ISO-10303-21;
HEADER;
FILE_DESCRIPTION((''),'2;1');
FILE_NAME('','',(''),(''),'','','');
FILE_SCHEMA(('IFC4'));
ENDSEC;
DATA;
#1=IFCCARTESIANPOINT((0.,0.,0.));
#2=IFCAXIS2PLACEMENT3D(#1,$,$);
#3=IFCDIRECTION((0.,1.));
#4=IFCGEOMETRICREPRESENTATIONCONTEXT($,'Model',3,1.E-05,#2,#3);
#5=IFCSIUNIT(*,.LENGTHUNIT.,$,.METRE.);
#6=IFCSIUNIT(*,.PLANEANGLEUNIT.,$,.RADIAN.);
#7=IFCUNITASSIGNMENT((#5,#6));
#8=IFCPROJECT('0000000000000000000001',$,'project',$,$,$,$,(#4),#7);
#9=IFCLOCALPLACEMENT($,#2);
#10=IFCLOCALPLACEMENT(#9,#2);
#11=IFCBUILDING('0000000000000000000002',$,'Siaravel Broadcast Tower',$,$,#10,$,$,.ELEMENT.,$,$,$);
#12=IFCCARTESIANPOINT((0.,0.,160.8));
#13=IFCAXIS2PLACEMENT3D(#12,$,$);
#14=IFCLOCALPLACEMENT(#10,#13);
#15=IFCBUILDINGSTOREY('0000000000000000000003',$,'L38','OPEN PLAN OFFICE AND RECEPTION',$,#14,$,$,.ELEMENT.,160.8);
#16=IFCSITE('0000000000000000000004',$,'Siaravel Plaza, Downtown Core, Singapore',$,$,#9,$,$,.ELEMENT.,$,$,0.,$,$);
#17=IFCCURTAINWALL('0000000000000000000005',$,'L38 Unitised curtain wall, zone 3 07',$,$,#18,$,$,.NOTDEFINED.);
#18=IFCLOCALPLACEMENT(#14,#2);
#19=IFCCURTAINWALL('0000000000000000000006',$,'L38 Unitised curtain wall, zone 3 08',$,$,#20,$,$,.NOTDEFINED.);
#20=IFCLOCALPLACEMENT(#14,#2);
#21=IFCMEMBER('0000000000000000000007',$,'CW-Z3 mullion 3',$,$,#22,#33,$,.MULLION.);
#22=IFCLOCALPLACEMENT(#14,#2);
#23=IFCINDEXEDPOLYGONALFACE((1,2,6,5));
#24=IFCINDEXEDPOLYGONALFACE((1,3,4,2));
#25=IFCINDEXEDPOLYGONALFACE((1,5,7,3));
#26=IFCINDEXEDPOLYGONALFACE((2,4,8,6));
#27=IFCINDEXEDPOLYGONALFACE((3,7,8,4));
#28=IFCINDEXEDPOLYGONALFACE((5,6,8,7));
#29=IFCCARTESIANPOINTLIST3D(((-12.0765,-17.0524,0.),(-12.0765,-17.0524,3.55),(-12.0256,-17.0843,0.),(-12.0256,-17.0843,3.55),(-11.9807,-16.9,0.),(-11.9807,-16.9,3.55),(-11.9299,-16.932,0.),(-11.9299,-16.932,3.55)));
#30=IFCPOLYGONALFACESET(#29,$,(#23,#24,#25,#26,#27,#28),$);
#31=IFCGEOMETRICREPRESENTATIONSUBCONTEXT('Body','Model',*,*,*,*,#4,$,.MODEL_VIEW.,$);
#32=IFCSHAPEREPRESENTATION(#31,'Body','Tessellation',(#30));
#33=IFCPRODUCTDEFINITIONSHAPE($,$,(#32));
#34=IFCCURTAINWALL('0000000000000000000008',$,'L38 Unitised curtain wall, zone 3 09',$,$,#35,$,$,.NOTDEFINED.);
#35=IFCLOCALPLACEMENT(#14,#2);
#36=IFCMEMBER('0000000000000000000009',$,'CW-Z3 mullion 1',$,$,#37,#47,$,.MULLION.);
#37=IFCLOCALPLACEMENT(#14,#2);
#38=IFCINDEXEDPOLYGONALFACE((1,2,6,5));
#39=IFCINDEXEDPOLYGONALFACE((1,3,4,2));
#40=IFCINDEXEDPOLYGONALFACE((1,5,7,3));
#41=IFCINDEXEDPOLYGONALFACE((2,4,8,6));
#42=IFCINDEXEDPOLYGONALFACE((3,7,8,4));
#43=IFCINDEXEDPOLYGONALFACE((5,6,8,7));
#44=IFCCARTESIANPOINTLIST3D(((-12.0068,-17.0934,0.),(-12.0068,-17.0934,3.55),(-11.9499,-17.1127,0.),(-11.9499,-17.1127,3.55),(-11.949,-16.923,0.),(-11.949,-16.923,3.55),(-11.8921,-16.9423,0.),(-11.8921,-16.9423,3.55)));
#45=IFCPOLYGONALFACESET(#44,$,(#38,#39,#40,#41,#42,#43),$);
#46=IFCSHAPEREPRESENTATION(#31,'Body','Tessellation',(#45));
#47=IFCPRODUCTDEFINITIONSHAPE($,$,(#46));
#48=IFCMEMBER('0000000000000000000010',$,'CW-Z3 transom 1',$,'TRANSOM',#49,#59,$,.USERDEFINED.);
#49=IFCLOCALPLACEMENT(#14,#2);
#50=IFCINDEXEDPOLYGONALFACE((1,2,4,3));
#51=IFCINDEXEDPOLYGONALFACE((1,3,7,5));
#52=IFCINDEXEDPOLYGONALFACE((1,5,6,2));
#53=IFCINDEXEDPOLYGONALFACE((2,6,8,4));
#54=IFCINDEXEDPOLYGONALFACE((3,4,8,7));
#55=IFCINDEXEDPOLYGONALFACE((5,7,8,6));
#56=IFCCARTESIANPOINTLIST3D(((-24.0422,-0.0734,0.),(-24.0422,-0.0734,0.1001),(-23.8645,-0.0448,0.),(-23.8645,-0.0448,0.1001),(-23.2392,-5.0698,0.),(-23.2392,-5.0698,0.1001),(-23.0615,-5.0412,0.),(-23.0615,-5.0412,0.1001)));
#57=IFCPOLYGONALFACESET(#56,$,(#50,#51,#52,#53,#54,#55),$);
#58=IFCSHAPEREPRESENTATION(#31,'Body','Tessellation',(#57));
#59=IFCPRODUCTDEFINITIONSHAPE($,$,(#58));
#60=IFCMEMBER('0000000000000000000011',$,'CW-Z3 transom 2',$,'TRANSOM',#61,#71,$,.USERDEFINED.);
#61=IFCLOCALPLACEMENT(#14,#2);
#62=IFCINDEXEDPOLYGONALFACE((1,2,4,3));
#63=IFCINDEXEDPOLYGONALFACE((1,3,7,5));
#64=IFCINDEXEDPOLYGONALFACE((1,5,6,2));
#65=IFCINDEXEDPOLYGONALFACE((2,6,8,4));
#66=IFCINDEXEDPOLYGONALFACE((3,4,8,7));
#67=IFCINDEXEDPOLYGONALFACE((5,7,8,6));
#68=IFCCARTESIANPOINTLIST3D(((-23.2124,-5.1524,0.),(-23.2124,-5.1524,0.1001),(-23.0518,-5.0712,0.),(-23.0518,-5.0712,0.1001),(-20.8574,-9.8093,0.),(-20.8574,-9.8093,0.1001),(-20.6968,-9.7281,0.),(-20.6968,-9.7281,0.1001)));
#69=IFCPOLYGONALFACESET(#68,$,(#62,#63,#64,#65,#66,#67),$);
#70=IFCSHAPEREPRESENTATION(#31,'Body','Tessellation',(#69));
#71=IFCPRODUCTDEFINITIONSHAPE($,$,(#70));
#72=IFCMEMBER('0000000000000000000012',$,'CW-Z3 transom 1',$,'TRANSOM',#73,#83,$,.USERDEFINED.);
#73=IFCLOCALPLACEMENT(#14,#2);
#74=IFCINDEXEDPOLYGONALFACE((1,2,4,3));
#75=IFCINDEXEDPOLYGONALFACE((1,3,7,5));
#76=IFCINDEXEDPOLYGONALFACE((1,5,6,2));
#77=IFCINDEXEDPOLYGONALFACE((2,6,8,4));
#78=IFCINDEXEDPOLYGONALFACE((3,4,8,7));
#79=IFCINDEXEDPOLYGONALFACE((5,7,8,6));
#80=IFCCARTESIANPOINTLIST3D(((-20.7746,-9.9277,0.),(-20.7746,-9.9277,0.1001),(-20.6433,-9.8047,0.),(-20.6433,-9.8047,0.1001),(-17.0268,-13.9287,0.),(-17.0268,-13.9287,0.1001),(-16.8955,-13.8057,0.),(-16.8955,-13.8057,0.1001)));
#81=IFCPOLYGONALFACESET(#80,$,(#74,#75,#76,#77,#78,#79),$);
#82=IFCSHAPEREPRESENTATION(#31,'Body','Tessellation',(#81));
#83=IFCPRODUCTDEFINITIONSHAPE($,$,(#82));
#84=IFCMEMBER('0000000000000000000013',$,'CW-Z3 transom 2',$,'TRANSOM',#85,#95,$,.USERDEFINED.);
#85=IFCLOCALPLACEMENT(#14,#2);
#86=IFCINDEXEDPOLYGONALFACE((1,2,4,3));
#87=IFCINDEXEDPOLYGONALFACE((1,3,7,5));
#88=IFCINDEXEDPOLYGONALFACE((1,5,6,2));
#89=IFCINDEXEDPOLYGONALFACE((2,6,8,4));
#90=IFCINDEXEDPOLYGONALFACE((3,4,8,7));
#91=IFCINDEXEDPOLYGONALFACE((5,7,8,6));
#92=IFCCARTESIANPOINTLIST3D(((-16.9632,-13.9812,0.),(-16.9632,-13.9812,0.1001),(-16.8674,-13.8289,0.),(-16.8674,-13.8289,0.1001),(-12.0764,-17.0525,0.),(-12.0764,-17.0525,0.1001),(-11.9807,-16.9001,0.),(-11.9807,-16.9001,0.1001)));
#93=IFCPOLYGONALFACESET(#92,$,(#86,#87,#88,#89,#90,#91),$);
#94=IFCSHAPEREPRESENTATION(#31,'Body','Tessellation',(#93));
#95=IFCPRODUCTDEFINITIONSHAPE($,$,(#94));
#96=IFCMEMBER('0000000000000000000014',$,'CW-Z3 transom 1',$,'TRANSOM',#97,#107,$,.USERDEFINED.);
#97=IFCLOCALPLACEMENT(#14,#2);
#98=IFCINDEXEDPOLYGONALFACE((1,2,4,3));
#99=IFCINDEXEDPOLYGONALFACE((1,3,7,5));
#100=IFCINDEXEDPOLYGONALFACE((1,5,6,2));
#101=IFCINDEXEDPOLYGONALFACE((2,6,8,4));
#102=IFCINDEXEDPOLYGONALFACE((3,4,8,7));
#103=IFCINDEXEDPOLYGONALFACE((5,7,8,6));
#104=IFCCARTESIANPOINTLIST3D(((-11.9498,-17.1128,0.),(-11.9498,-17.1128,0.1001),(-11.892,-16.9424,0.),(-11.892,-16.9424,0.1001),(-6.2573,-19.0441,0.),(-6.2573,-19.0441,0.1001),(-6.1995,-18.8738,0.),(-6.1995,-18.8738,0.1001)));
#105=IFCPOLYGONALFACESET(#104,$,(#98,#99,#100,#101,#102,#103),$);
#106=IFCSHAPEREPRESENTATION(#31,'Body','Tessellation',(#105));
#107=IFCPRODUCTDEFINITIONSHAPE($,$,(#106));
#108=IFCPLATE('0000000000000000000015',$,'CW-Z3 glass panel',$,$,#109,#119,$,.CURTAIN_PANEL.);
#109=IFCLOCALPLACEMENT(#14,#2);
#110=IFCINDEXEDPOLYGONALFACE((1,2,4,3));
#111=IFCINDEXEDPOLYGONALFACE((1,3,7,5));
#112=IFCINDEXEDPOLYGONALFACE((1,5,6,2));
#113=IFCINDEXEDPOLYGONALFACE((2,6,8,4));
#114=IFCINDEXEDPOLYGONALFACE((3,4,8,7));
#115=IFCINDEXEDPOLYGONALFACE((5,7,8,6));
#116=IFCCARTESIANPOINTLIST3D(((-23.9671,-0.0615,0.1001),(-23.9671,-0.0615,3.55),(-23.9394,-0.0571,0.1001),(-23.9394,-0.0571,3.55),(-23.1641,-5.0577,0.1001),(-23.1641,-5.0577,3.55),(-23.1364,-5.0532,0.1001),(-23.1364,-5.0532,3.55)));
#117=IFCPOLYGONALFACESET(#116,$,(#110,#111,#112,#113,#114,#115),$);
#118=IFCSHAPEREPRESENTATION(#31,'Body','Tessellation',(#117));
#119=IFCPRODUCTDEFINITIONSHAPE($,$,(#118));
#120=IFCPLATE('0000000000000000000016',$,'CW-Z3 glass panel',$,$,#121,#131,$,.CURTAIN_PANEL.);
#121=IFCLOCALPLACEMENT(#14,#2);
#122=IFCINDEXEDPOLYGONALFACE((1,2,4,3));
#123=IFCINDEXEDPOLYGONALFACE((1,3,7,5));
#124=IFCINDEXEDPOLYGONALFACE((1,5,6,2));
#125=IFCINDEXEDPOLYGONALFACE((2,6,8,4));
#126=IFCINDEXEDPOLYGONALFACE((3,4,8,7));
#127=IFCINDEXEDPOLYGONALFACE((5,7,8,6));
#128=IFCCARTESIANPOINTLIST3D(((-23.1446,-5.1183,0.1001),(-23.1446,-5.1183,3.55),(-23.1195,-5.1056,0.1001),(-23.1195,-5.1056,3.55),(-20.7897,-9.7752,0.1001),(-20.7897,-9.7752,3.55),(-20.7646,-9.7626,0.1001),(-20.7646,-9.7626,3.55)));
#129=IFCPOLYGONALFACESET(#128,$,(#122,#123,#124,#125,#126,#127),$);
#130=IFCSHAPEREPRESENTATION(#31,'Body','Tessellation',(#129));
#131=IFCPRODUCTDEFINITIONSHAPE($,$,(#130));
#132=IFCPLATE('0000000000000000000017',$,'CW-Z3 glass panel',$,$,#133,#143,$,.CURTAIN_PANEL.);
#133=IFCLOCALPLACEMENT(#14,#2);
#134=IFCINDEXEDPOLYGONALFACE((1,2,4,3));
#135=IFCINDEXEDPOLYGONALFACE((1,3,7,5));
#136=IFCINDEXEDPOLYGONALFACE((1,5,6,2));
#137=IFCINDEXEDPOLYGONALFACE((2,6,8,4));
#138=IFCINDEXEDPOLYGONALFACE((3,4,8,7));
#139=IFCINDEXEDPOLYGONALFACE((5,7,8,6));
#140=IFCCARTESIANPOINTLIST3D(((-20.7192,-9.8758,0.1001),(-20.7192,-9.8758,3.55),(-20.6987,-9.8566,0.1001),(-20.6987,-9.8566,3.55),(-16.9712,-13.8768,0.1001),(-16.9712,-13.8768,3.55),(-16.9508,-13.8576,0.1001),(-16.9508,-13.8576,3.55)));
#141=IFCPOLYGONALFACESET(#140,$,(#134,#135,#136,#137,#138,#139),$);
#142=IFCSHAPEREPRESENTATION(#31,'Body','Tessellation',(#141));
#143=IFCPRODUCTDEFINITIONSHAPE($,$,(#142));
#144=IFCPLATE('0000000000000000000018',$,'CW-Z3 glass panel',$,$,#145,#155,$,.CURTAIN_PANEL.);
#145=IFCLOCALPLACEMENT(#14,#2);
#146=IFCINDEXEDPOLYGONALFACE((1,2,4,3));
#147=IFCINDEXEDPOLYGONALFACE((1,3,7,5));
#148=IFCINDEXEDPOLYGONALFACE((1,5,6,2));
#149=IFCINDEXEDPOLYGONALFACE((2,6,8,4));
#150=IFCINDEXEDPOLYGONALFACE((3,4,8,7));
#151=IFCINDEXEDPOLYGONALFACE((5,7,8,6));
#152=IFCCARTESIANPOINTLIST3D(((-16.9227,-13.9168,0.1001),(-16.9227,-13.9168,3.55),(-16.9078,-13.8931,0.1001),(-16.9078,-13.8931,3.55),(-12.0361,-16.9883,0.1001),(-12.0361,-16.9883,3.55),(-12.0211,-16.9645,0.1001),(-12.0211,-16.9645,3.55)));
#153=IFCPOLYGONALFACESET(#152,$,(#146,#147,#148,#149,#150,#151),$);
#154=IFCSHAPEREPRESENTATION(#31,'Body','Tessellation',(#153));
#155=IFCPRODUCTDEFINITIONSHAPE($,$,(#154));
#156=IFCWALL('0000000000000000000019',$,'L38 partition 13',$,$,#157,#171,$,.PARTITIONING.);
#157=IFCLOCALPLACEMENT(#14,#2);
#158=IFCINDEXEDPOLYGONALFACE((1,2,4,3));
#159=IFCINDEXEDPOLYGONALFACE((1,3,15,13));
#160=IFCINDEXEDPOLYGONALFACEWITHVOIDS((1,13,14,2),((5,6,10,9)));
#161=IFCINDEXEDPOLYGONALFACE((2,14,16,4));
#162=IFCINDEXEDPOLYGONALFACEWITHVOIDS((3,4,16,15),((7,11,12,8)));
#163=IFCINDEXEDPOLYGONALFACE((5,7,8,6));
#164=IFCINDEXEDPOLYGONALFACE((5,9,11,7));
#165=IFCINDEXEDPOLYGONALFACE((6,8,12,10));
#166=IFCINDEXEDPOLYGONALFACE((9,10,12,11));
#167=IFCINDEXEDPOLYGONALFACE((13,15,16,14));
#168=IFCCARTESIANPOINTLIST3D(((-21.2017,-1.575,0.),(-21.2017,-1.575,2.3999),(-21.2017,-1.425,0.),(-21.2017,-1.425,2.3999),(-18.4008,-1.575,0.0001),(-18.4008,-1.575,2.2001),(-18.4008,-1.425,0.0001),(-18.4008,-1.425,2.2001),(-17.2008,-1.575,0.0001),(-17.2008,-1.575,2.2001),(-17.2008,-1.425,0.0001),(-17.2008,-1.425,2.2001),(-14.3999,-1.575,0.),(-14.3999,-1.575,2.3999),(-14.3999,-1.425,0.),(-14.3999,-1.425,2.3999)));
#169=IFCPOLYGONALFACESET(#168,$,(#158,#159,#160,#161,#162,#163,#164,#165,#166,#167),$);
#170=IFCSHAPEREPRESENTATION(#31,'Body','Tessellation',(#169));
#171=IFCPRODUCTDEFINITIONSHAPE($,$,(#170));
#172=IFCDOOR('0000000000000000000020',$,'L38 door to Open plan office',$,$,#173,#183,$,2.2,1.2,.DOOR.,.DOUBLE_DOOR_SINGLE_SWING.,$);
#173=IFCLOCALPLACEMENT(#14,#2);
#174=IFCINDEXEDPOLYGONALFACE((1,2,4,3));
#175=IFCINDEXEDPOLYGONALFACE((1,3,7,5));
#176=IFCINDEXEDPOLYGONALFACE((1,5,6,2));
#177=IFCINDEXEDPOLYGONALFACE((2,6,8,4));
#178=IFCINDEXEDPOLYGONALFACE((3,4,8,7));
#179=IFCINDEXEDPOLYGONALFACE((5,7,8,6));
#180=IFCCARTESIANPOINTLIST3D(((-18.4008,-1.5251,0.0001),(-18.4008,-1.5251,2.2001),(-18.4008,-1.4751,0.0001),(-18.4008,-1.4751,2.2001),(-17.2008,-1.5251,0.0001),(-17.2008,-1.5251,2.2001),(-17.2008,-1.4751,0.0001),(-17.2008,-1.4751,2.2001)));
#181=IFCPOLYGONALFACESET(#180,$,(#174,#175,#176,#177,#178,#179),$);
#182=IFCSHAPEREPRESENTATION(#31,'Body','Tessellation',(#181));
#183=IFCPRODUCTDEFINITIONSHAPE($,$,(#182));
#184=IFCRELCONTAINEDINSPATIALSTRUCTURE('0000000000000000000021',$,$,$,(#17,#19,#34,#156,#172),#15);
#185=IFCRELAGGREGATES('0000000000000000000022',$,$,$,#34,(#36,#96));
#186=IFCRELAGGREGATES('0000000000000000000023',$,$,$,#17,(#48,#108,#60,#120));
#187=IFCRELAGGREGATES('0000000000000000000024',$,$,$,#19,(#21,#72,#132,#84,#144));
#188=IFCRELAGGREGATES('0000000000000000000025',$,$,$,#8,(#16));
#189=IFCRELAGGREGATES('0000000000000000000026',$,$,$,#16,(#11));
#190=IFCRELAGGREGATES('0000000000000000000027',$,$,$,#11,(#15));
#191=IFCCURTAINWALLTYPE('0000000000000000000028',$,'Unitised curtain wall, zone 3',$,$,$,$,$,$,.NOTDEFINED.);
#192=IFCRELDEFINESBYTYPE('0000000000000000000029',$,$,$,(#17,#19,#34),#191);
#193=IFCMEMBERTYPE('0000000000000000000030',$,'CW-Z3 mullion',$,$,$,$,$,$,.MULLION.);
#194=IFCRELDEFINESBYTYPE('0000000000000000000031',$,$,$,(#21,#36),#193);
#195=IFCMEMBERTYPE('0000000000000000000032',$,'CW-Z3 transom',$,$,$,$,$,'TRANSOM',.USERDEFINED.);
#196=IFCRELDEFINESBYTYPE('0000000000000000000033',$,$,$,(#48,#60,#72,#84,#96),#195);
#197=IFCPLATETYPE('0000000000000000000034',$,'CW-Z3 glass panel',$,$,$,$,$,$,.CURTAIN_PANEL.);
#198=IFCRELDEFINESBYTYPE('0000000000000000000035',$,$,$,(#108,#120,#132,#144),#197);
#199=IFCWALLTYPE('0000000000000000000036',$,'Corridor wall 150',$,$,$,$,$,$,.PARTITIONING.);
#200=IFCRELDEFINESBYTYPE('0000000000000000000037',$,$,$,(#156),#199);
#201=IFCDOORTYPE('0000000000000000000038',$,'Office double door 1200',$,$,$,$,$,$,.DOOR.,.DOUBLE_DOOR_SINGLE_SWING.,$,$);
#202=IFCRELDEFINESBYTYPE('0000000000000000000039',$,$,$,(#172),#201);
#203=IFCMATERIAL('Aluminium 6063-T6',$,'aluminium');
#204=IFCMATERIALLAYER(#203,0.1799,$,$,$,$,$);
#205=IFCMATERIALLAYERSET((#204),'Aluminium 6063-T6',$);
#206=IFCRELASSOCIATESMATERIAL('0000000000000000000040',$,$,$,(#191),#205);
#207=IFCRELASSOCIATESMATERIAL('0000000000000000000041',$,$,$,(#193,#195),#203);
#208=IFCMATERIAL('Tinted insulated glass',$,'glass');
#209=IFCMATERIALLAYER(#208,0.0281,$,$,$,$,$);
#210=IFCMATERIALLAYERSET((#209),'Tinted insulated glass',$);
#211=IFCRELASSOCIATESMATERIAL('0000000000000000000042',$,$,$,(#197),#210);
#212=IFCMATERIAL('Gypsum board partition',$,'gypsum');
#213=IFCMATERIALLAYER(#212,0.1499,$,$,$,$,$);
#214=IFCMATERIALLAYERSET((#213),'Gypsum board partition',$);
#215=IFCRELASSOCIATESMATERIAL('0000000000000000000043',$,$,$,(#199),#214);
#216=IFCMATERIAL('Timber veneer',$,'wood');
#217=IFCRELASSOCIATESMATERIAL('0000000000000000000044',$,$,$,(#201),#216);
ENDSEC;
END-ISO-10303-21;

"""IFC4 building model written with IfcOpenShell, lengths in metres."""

from ifc_helpers import new_model, si_unit, direction, frame, frame_2d, origin, origin_2d, place, context, subcontext, project, spatial, rectangle, extrude, material, layer, layer_set, material_profile, profile_set, type_object, element, fill, aggregate, save


model = new_model("IFC4")

# Units and contexts
model_context = context("Model", 3, precision=1e-05, world=origin(), true_north=direction((0.0, 1.0)))
body_context = subcontext(model_context, "Body", "Model", "MODEL_VIEW")
ifc_project = project(units=[si_unit("LENGTHUNIT", "METRE"), si_unit("PLANEANGLEUNIT", "RADIAN")], contexts=[model_context])

# Site, building, storey
site_placement = place(None, origin())
site = spatial("IfcSite", under=ifc_project, at=site_placement, Name="Siaravel Plaza, Downtown Core, Singapore", CompositionType="ELEMENT", RefElevation=0.0)
building_placement = place(site_placement, origin())
building = spatial("IfcBuilding", under=site, at=building_placement, Name="Siaravel Broadcast Tower", CompositionType="ELEMENT")
storey_placement = place(building_placement, frame((0.0, 0.0, 160.8)))
storey = spatial("IfcBuildingStorey", under=building, at=storey_placement, Name="L38", Description="OPEN PLAN OFFICE AND RECEPTION", CompositionType="ELEMENT", Elevation=160.8)

# Curtain walls, member
ifc_material_1 = material(Name="Aluminium 6063-T6", Category="aluminium")
ifc_layer_1 = layer(ifc_material_1, 0.1799)
ifc_layer_set_1 = layer_set([ifc_layer_1], Name="Aluminium 6063-T6")
curtain_wall_type = type_object("IfcCurtainWallType", Name="Unitised curtain wall, zone 3", PredefinedType="NOTDEFINED", material=ifc_layer_set_1)
curtain_wall_1_placement = place(storey_placement, origin())
curtain_wall_1 = element("IfcCurtainWall", 1, at=curtain_wall_1_placement, inside=storey, type_object=curtain_wall_type, Name="L38 Unitised curtain wall, zone 3 07", PredefinedType="NOTDEFINED")
ifc_material_profile_1 = material_profile(ifc_material_1, rectangle(XDim=0.1799, YDim=0.0601, at=origin_2d()))
ifc_profile_set_1 = profile_set([ifc_material_profile_1], Name="Aluminium 6063-T6")
member_type_1 = type_object("IfcMemberType", Name="CW-Z3 mullion", PredefinedType="MULLION", material=ifc_profile_set_1)
curtain_wall_2_placement = place(storey_placement, origin())
curtain_wall_2 = element("IfcCurtainWall", 2, at=curtain_wall_2_placement, inside=storey, type_object=curtain_wall_type, Name="L38 Unitised curtain wall, zone 3 08", PredefinedType="NOTDEFINED")
member_1_placement = place(storey_placement, frame((-12.0032, -16.9922, 0.0), z_axis=(0.0, 0.0, 1.0), x_axis=(0.53215, 0.84665, 0.0)))
member_1 = element("IfcMember", 3, at=member_1_placement, type_object=member_type_1, Name="CW-Z3 mullion 3", PredefinedType="MULLION", context=body_context, shape_type="SweptSolid", body=[
    extrude(rectangle(XDim=0.1799, YDim=0.0601, at=origin_2d()), origin(), (0.0, 0.0, 1.0), 3.55),
])

# Curtain wall, member
curtain_wall_3_placement = place(storey_placement, origin())
curtain_wall_3 = element("IfcCurtainWall", 4, at=curtain_wall_3_placement, inside=storey, type_object=curtain_wall_type, Name="L38 Unitised curtain wall, zone 3 09", PredefinedType="NOTDEFINED")
member_2_placement = place(storey_placement, frame((-11.9495, -17.0178, 0.0), z_axis=(0.0, 0.0, 1.0), x_axis=(0.321301, 0.946977, 0.0)))
member_2 = element("IfcMember", 5, at=member_2_placement, type_object=member_type_1, Name="CW-Z3 mullion 1", PredefinedType="MULLION", context=body_context, shape_type="SweptSolid", body=[
    extrude(rectangle(XDim=0.1799, YDim=0.0601, at=origin_2d()), origin(), (0.0, 0.0, 1.0), 3.55),
])

# Members
ifc_material_profile_2 = material_profile(ifc_material_1, rectangle(XDim=0.1799, YDim=0.1001, at=origin_2d()))
ifc_profile_set_2 = profile_set([ifc_material_profile_2], Name="Aluminium 6063-T6")
member_type_2 = type_object("IfcMemberType", Name="CW-Z3 transom", ElementType="TRANSOM", PredefinedType="USERDEFINED", material=ifc_profile_set_2)
member_3_placement = place(storey_placement, frame((-23.9534, -0.0591, 0.05), z_axis=(0.158677, -0.987331, 0.0), x_axis=(0.987331, 0.158677, 0.0)))
member_3 = element("IfcMember", 6, at=member_3_placement, type_object=member_type_2, Name="CW-Z3 transom 1", ObjectType="TRANSOM", PredefinedType="USERDEFINED", context=body_context, shape_type="SweptSolid", body=[
    extrude(rectangle(XDim=0.1799, YDim=0.1001, at=origin_2d()), origin(), (0.0, 0.0, 1.0), 5.0605),
])
member_4_placement = place(storey_placement, frame((-23.1321, -5.1118, 0.05), z_axis=(0.45127, -0.892388, 0.0), x_axis=(0.892388, 0.45127, 0.0)))
member_4 = element("IfcMember", 7, at=member_4_placement, type_object=member_type_2, Name="CW-Z3 transom 2", ObjectType="TRANSOM", PredefinedType="USERDEFINED", context=body_context, shape_type="SweptSolid", body=[
    extrude(rectangle(XDim=0.1799, YDim=0.1001, at=origin_2d()), origin(), (0.0, 0.0, 1.0), 5.2185),
])
member_5_placement = place(storey_placement, frame((-20.709, -9.8662, 0.05), z_axis=(0.683639, -0.72982, 0.0), x_axis=(0.72982, 0.683639, 0.0)))
member_5 = element("IfcMember", 8, at=member_5_placement, type_object=member_type_2, Name="CW-Z3 transom 1", ObjectType="TRANSOM", PredefinedType="USERDEFINED", context=body_context, shape_type="SweptSolid", body=[
    extrude(rectangle(XDim=0.1799, YDim=0.1001, at=origin_2d()), origin(), (0.0, 0.0, 1.0), 5.4822),
])
member_6_placement = place(storey_placement, frame((-16.9153, -13.905, 0.05), z_axis=(0.846665, -0.532126, 0.0), x_axis=(0.532126, 0.846665, 0.0)))
member_6 = element("IfcMember", 9, at=member_6_placement, type_object=member_type_2, Name="CW-Z3 transom 2", ObjectType="TRANSOM", PredefinedType="USERDEFINED", context=body_context, shape_type="SweptSolid", body=[
    extrude(rectangle(XDim=0.1799, YDim=0.1001, at=origin_2d()), origin(), (0.0, 0.0, 1.0), 5.7717),
])
member_7_placement = place(storey_placement, frame((-11.9209, -17.0276, 0.05), z_axis=(0.94698, -0.321292, 0.0), x_axis=(0.321292, 0.94698, 0.0)))
member_7 = element("IfcMember", 10, at=member_7_placement, type_object=member_type_2, Name="CW-Z3 transom 1", ObjectType="TRANSOM", PredefinedType="USERDEFINED", context=body_context, shape_type="SweptSolid", body=[
    extrude(rectangle(XDim=0.1799, YDim=0.1001, at=origin_2d()), origin(), (0.0, 0.0, 1.0), 6.0112),
])
aggregate(curtain_wall_3, [member_2, member_7])

# Plates
ifc_material_2 = material(Name="Tinted insulated glass", Category="glass")
ifc_layer_2 = layer(ifc_material_2, 0.0281)
ifc_layer_set_2 = layer_set([ifc_layer_2], Name="Tinted insulated glass")
plate_type = type_object("IfcPlateType", Name="CW-Z3 glass panel", PredefinedType="CURTAIN_PANEL", material=ifc_layer_set_2)
plate_1_placement = place(storey_placement, frame((-23.5518, -2.5574, 0.1001), z_axis=(0.0, 0.0, 1.0), x_axis=(0.158685, -0.987329, 0.0)))
plate_1 = element("IfcPlate", 11, at=plate_1_placement, type_object=plate_type, Name="CW-Z3 glass panel", PredefinedType="CURTAIN_PANEL", context=body_context, shape_type="SweptSolid", body=[
    extrude(rectangle(XDim=5.0603, YDim=0.0281, at=origin_2d()), origin(), (0.0, 0.0, 1.0), 3.45),
])
plate_2_placement = place(storey_placement, frame((-21.9546, -7.4404, 0.1001), z_axis=(0.0, 0.0, 1.0), x_axis=(0.45126, -0.892393, 0.0)))
plate_2 = element("IfcPlate", 12, at=plate_2_placement, type_object=plate_type, Name="CW-Z3 glass panel", PredefinedType="CURTAIN_PANEL", context=body_context, shape_type="SweptSolid", body=[
    extrude(rectangle(XDim=5.2185, YDim=0.0281, at=origin_2d()), origin(), (0.0, 0.0, 1.0), 3.45),
])
aggregate(curtain_wall_1, [member_3, plate_1, member_4, plate_2])
plate_3_placement = place(storey_placement, frame((-18.835, -11.8667, 0.1001), z_axis=(0.0, 0.0, 1.0), x_axis=(0.683654, -0.729806, 0.0)))
plate_3 = element("IfcPlate", 13, at=plate_3_placement, type_object=plate_type, Name="CW-Z3 glass panel", PredefinedType="CURTAIN_PANEL", context=body_context, shape_type="SweptSolid", body=[
    extrude(rectangle(XDim=5.4822, YDim=0.0281, at=origin_2d()), origin(), (0.0, 0.0, 1.0), 3.45),
])
plate_4_placement = place(storey_placement, frame((-14.4719, -15.4407, 0.1001), z_axis=(0.0, 0.0, 1.0), x_axis=(0.84665, -0.53215, 0.0)))
plate_4 = element("IfcPlate", 14, at=plate_4_placement, type_object=plate_type, Name="CW-Z3 glass panel", PredefinedType="CURTAIN_PANEL", context=body_context, shape_type="SweptSolid", body=[
    extrude(rectangle(XDim=5.7717, YDim=0.0281, at=origin_2d()), origin(), (0.0, 0.0, 1.0), 3.45),
])
aggregate(curtain_wall_2, [member_1, member_5, plate_3, member_6, plate_4])

# Wall, opening, door
ifc_material_3 = material(Name="Gypsum board partition", Category="gypsum")
ifc_layer_3 = layer(ifc_material_3, 0.1499)
ifc_layer_set_3 = layer_set([ifc_layer_3], Name="Gypsum board partition")
wall_type_1 = type_object("IfcWallType", Name="Corridor wall 150", PredefinedType="PARTITIONING", material=ifc_layer_set_3)
wall_1_placement = place(storey_placement, frame((-21.2017, -1.5, 0.0), z_axis=(0.0, 0.0, 1.0), x_axis=(1.0, 0.0, 0.0)))
wall_1 = element("IfcWall", 15, at=wall_1_placement, inside=storey, type_object=wall_type_1, Name="L38 partition 13", PredefinedType="PARTITIONING", context=body_context, shape_type="SweptSolid", body=[
    extrude(rectangle(XDim=6.8018, YDim=0.1499, at=frame_2d((3.4009, 0.0))), origin(), (0.0, 0.0, 1.0), 2.3999),
])
opening_1_placement = place(wall_1_placement, frame((2.8008, 0.0, 0.0)))
opening_1 = element("IfcOpeningElement", 16, at=opening_1_placement, cuts=wall_1, PredefinedType="OPENING", context=body_context, shape_type="SweptSolid", body=[
    extrude(rectangle(XDim=1.2, YDim=2.2, at=frame_2d((0.6001, 1.1001))), frame((0.0, 0.085, 0.0), z_axis=(0.0, -1.0, 0.0), x_axis=(1.0, 0.0, 0.0)), (0.0, 0.0, 1.0), 0.1699),
])
ifc_material_4 = material(Name="Timber veneer", Category="wood")
door_type = type_object("IfcDoorType", Name="Office double door 1200", OperationType="DOUBLE_DOOR_SINGLE_SWING", PredefinedType="DOOR", material=ifc_material_4)
door_1_placement = place(opening_1_placement, origin())
door_1 = element("IfcDoor", 17, at=door_1_placement, inside=storey, type_object=door_type, Name="L38 door to Open plan office", OperationType="DOUBLE_DOOR_SINGLE_SWING", OverallHeight=2.2, OverallWidth=1.2, PredefinedType="DOOR", context=body_context, shape_type="SweptSolid", body=[
    extrude(rectangle(XDim=1.2, YDim=2.2, at=frame_2d((0.6001, 1.1001))), frame((0.0, 0.0249, 0.0), z_axis=(0.0, -1.0, 0.0), x_axis=(1.0, 0.0, 0.0)), (0.0, 0.0, 1.0), 0.05),
])
fill(opening_1, door_1)

save(model, "model.ifc")
